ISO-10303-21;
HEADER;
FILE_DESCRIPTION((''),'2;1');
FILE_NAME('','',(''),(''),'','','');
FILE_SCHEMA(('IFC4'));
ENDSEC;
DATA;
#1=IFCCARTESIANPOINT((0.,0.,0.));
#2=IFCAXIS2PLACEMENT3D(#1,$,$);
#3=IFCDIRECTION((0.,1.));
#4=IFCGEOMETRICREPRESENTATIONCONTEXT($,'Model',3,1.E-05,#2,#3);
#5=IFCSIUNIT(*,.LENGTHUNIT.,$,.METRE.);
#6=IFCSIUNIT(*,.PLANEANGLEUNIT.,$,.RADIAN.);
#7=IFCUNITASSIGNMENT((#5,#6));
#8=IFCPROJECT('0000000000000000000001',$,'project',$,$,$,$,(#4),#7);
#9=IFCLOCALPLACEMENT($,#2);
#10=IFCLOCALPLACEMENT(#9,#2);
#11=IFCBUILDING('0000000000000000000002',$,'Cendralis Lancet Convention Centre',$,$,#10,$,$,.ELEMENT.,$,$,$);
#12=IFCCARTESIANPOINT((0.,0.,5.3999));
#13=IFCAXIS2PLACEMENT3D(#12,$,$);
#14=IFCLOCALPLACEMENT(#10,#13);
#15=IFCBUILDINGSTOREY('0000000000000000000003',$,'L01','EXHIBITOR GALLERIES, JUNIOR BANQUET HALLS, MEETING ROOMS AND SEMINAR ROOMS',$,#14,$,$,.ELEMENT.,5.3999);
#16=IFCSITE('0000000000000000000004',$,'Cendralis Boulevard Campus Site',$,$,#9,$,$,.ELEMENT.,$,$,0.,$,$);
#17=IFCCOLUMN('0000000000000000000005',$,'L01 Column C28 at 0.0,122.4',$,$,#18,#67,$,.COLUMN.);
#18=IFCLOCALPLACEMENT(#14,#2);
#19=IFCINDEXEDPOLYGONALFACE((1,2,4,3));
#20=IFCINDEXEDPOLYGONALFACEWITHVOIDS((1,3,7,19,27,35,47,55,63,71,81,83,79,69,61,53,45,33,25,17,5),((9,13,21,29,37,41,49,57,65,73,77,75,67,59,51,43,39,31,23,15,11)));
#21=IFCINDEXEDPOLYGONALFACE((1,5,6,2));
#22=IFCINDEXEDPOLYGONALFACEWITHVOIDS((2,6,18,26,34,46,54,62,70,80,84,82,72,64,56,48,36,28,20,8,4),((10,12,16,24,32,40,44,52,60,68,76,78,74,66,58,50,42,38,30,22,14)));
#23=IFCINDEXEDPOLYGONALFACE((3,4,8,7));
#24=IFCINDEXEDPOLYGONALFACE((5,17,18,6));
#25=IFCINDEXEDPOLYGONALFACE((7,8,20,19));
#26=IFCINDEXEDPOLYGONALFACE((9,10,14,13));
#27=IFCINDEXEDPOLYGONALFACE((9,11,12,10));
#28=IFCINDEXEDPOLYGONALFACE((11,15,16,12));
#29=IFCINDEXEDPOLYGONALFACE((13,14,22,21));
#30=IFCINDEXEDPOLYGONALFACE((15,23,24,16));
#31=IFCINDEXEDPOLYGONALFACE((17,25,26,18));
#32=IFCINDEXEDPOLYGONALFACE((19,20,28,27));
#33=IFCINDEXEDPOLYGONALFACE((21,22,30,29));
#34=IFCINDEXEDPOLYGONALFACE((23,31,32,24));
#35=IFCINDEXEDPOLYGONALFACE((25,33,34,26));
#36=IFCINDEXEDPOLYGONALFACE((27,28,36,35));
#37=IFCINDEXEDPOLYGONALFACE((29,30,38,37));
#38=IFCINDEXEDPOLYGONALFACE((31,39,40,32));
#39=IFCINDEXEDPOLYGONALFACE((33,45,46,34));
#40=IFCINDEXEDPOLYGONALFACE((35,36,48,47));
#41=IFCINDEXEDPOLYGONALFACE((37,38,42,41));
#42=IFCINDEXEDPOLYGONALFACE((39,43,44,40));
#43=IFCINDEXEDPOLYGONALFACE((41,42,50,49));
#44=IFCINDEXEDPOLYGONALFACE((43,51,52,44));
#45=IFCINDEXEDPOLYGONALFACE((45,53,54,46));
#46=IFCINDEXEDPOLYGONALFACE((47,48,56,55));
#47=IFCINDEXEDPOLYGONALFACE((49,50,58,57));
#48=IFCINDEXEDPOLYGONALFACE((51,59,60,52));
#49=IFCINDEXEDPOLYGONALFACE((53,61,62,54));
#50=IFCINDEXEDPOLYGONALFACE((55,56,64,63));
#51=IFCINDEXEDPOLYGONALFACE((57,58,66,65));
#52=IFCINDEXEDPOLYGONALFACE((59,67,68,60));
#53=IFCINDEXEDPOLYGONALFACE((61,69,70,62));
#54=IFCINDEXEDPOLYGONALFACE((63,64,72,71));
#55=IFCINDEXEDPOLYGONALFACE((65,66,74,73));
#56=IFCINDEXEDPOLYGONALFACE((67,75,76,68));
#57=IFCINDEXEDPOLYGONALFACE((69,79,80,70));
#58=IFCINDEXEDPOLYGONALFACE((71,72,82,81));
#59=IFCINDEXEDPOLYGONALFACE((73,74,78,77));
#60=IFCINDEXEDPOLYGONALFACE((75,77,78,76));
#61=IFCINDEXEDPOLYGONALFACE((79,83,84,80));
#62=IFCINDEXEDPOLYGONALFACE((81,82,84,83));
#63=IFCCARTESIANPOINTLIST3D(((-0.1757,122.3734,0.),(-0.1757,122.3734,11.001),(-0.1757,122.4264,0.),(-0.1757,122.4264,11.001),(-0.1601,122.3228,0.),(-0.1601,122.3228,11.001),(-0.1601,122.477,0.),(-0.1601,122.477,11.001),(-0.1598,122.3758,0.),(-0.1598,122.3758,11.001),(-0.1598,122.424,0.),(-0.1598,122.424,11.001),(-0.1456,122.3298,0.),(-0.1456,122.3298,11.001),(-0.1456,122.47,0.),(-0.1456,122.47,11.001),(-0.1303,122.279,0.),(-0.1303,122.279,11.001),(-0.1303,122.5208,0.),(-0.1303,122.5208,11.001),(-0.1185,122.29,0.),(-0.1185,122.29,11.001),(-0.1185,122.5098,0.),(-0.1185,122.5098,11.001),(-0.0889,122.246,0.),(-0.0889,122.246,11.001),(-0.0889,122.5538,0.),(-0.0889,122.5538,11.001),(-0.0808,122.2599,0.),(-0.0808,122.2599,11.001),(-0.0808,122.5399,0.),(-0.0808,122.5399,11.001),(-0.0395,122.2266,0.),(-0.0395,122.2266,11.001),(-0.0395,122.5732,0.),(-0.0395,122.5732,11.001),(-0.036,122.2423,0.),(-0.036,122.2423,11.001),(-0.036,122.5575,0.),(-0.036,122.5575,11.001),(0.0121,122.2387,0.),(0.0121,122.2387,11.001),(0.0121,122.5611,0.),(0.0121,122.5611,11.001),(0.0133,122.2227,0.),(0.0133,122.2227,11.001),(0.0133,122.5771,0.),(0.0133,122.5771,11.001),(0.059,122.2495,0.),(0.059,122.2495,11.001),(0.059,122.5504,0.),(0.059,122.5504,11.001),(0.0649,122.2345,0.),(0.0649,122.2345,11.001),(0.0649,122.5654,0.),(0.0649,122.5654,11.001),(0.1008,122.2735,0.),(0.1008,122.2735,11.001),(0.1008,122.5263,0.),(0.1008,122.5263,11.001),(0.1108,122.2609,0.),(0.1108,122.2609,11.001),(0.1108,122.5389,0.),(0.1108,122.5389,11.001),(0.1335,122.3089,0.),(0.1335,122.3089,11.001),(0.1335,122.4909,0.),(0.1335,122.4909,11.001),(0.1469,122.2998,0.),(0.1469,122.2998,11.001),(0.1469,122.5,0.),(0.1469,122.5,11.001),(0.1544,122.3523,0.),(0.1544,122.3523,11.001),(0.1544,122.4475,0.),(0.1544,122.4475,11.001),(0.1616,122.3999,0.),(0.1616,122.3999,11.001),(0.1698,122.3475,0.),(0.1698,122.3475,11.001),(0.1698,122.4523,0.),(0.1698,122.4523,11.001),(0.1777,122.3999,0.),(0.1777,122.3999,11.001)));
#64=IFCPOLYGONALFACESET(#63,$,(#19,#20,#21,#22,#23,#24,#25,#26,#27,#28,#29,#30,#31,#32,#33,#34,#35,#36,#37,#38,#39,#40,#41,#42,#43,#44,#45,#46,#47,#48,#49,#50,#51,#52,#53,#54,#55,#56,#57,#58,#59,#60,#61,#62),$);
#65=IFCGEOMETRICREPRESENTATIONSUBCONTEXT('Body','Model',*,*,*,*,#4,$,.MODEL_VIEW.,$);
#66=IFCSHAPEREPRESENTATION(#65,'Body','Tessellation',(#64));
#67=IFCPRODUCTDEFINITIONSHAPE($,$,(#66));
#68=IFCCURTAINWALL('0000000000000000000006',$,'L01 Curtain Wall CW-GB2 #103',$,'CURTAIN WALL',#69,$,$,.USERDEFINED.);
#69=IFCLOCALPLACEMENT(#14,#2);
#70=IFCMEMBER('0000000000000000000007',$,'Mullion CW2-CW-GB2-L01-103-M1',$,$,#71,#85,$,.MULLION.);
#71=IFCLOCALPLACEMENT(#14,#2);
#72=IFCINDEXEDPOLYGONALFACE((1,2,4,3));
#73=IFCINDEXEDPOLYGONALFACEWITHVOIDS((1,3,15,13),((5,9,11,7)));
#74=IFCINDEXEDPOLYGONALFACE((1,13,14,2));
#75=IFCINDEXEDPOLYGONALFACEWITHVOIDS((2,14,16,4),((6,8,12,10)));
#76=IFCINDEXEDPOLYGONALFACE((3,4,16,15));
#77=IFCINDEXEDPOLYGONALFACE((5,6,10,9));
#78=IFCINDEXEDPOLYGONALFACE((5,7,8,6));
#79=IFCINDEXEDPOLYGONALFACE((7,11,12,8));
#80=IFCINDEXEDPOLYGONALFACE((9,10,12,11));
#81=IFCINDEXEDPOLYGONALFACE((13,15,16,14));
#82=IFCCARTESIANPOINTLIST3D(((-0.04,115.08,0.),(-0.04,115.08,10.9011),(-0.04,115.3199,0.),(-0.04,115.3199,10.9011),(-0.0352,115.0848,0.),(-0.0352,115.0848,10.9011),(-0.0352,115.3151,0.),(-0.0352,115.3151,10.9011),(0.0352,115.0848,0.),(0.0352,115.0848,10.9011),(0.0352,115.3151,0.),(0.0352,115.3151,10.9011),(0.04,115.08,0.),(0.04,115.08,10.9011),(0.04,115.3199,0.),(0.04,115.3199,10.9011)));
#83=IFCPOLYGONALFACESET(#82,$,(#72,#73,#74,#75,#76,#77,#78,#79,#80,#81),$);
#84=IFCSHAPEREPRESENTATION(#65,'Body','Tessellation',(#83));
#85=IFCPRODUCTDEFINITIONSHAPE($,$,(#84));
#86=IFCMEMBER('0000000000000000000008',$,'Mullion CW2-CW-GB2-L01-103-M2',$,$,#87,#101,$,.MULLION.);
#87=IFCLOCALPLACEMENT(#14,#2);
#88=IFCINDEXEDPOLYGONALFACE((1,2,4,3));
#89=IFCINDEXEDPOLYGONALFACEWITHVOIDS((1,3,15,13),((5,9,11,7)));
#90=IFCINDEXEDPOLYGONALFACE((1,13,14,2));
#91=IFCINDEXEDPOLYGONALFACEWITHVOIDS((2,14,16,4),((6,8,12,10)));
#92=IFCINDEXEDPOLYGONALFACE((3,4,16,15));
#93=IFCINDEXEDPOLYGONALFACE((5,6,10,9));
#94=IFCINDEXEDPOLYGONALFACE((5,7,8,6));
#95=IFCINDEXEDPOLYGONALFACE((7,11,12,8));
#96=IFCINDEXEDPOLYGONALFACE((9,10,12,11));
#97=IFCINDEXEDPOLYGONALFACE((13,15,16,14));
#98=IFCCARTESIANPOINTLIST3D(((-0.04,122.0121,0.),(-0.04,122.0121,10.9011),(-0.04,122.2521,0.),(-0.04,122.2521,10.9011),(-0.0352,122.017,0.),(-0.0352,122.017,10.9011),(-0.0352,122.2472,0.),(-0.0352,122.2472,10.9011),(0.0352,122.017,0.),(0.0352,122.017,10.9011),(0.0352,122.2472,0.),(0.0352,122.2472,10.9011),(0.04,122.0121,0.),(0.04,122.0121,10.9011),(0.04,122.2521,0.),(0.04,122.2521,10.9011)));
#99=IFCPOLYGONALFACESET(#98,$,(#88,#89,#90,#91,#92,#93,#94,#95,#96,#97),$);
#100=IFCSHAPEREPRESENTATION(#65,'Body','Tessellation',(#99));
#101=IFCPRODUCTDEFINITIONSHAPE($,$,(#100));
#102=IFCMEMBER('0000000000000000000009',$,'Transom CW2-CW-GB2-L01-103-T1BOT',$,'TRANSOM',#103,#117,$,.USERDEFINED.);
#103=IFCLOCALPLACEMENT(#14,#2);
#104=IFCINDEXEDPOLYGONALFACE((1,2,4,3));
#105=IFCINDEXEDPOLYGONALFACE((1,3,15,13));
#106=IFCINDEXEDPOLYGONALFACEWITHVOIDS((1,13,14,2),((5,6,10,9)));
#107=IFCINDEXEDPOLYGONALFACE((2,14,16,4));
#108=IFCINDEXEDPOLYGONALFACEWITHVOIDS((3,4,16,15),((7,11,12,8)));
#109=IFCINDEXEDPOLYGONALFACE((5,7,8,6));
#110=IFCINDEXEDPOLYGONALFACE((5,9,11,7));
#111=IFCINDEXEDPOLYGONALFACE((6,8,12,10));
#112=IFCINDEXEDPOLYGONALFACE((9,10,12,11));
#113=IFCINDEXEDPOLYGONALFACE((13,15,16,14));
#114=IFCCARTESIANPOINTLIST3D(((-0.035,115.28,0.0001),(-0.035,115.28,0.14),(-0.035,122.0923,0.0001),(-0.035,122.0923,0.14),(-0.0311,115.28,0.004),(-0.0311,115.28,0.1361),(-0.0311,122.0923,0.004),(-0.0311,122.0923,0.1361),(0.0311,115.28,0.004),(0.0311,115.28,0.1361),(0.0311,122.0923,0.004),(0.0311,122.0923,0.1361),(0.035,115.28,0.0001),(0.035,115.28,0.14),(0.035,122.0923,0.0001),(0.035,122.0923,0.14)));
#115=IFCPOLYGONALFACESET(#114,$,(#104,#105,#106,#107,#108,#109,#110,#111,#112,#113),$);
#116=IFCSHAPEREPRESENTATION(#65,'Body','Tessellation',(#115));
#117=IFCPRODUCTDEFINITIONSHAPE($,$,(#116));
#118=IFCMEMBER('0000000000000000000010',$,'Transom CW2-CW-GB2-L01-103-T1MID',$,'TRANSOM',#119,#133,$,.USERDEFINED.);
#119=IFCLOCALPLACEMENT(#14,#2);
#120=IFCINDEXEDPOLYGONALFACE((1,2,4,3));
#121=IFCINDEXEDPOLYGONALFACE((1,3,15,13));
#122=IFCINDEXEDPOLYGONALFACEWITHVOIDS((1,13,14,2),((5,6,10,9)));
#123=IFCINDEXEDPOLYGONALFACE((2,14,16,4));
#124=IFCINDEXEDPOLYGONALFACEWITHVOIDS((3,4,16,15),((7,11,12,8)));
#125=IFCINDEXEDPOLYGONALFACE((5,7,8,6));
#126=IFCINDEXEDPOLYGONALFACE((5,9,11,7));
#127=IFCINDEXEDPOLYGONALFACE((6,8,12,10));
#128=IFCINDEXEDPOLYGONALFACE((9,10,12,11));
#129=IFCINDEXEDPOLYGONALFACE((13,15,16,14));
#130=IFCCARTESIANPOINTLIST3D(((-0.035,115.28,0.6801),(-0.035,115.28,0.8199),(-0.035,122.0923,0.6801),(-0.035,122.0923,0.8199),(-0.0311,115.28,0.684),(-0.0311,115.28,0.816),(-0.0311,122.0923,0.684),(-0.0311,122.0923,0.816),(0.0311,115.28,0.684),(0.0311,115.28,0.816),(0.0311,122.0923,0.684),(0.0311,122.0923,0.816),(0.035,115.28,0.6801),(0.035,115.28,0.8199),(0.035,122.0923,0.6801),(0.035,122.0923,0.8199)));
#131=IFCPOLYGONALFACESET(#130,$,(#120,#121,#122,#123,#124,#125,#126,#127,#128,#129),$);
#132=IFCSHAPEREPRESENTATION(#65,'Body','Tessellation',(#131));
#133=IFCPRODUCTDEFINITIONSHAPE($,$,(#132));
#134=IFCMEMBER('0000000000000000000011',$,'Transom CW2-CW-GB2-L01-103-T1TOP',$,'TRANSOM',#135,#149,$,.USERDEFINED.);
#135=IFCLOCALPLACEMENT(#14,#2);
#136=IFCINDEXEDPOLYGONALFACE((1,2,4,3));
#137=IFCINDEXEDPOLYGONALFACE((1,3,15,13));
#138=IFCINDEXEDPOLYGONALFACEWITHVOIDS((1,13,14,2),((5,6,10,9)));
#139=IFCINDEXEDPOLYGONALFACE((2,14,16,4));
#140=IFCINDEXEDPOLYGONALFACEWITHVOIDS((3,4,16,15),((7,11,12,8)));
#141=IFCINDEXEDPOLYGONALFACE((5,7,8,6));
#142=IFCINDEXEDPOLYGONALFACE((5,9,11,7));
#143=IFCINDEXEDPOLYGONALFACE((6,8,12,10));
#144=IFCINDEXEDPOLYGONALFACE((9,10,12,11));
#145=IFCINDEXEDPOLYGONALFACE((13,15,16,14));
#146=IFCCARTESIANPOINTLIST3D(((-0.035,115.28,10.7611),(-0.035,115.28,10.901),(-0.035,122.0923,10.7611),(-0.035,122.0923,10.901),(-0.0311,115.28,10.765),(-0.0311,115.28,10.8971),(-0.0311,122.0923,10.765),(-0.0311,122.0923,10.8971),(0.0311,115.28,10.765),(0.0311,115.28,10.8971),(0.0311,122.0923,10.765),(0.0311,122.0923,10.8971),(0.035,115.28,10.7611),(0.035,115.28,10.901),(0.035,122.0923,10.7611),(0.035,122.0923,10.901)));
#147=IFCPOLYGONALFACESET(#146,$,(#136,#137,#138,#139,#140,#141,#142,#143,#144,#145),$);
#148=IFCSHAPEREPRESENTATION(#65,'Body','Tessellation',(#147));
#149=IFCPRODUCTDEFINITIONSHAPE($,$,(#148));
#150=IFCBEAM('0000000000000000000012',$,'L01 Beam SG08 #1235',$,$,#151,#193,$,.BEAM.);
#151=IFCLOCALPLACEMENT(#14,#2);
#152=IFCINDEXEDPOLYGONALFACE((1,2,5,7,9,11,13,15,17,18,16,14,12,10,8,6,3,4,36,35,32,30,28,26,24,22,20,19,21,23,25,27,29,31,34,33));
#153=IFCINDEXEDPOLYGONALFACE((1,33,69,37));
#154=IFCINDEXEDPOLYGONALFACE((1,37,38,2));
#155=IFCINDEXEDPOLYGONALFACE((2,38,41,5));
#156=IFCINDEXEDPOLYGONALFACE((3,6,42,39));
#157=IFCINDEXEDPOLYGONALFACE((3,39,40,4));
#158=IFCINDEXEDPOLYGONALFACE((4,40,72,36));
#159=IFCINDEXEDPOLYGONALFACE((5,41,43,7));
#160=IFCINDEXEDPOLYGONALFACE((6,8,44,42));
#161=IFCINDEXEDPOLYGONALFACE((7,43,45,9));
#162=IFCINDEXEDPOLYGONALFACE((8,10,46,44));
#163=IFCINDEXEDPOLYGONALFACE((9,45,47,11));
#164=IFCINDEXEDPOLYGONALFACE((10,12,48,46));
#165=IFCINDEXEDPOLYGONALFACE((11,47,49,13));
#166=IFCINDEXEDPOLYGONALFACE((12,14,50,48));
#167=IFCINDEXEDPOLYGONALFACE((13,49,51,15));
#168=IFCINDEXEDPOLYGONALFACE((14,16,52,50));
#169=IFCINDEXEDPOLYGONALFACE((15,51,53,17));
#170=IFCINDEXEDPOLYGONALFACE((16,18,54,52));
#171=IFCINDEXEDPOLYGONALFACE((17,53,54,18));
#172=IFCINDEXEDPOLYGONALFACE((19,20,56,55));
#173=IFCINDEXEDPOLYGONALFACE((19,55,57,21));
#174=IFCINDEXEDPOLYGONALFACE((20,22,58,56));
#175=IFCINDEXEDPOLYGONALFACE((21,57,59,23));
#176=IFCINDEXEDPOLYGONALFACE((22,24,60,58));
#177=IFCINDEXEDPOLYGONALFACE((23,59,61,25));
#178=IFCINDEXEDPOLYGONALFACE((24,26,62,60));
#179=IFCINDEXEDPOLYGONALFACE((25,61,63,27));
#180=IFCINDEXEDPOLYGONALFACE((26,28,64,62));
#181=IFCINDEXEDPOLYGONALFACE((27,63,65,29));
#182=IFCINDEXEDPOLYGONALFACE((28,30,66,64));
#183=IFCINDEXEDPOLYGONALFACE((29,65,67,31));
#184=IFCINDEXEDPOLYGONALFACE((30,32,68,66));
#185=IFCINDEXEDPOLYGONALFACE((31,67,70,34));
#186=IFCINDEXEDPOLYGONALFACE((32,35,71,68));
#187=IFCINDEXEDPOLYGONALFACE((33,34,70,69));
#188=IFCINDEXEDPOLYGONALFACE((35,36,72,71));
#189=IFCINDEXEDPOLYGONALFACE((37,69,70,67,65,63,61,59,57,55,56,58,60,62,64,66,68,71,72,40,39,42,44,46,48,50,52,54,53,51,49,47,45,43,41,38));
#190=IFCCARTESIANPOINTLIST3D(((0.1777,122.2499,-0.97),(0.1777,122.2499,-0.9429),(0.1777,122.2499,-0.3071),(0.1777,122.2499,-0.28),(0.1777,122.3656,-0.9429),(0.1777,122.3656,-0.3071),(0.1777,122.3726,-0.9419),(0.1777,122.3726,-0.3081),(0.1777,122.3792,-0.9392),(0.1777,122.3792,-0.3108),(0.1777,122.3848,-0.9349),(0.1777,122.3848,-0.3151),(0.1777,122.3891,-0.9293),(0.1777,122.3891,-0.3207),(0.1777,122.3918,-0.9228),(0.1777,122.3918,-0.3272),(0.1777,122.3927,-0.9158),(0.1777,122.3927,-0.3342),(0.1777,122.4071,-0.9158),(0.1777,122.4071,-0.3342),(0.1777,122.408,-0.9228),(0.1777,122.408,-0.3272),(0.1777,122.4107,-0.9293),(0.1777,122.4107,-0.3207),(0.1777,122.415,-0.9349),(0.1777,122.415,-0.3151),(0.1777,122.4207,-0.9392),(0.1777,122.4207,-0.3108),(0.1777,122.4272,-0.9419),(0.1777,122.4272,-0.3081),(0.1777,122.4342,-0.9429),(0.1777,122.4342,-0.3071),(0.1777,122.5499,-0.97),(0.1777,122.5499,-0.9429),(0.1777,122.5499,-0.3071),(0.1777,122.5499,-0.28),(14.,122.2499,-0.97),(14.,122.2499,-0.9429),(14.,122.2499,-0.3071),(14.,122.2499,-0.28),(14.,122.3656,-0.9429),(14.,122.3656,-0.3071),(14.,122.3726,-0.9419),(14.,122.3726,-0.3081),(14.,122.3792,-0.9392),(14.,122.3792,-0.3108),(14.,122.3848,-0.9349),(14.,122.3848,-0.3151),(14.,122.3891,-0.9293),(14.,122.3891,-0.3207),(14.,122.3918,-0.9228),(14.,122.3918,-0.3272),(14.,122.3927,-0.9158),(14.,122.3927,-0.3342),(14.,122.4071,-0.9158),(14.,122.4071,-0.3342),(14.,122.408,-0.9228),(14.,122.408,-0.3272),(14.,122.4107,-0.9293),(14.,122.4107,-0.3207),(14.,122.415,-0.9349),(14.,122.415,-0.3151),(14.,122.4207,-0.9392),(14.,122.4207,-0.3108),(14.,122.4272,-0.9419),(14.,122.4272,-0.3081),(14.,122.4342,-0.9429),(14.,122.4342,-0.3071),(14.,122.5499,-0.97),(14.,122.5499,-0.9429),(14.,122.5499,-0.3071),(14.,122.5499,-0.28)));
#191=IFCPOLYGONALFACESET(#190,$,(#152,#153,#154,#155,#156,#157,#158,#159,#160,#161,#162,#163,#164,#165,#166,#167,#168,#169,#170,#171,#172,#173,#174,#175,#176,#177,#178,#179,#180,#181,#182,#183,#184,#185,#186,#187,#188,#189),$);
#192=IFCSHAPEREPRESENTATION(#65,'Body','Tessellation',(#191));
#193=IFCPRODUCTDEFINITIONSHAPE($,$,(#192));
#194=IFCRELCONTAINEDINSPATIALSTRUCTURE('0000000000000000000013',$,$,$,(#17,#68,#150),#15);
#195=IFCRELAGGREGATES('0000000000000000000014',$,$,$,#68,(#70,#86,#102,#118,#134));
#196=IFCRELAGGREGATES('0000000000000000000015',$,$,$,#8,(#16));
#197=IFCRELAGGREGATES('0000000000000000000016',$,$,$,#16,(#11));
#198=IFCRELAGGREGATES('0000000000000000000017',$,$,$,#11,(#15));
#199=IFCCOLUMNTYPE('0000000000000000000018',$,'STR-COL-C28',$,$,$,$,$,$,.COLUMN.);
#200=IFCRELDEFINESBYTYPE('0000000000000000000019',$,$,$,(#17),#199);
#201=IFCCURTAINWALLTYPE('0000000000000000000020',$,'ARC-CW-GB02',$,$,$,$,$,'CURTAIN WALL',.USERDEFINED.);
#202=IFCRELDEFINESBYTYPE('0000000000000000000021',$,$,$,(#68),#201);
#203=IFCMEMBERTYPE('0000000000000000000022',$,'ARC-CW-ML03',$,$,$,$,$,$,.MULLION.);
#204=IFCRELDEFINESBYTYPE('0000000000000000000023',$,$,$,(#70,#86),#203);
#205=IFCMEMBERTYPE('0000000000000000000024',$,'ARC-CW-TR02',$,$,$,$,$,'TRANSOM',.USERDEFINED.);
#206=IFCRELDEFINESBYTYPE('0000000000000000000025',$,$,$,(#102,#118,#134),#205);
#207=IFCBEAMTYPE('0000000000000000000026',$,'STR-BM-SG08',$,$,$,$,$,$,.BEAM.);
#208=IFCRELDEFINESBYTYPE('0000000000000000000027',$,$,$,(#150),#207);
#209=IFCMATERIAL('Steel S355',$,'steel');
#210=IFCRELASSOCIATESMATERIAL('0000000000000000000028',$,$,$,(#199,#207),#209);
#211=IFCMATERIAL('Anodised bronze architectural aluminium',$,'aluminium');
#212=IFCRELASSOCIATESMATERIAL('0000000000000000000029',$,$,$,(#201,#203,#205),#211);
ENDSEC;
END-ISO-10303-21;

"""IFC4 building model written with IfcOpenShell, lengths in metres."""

from ifc_helpers import new_model, si_unit, direction, frame, origin, origin_2d, place, context, subcontext, project, spatial, hollow_rectangle, hollow_circle, i_section, extrude, material, material_profile, profile_set, type_object, element, aggregate, save


model = new_model("IFC4")

# Units and contexts
model_context = context("Model", 3, precision=1e-05, world=origin(), true_north=direction((0.0, 1.0)))
body_context = subcontext(model_context, "Body", "Model", "MODEL_VIEW")
ifc_project = project(units=[si_unit("LENGTHUNIT", "METRE"), si_unit("PLANEANGLEUNIT", "RADIAN")], contexts=[model_context])

# Site, building, storey
site_placement = place(None, origin())
site = spatial("IfcSite", under=ifc_project, at=site_placement, Name="Cendralis Boulevard Campus Site", CompositionType="ELEMENT", RefElevation=0.0)
building_placement = place(site_placement, origin())
building = spatial("IfcBuilding", under=site, at=building_placement, Name="Cendralis Lancet Convention Centre", CompositionType="ELEMENT")
storey_placement = place(building_placement, frame((0.0, 0.0, 5.3999)))
storey = spatial("IfcBuildingStorey", under=building, at=storey_placement, Name="L01", Description="EXHIBITOR GALLERIES, JUNIOR BANQUET HALLS, MEETING ROOMS AND SEMINAR ROOMS", CompositionType="ELEMENT", Elevation=5.3999)

# Column
ifc_material_1 = material(Name="Steel S355", Category="steel")
ifc_material_profile_1 = material_profile(ifc_material_1, hollow_circle(Radius=0.1777, WallThickness=0.0161, at=origin_2d()), Name="CHS 355.6x16.0")
ifc_profile_set_1 = profile_set([ifc_material_profile_1], Name="Steel S355")
column_type = type_object("IfcColumnType", Name="STR-COL-C28", PredefinedType="COLUMN", material=ifc_profile_set_1)
column_placement = place(storey_placement, frame((0.0, 122.3999, 0.0), z_axis=(0.0, 0.0, 1.0), x_axis=(1.0, 0.0, 0.0)))
element("IfcColumn", 1, at=column_placement, inside=storey, type_object=column_type, Name="L01 Column C28 at 0.0,122.4", PredefinedType="COLUMN", context=body_context, shape_type="SweptSolid", body=[
    extrude(hollow_circle(Radius=0.1777, WallThickness=0.0161, at=origin_2d()), origin(), (0.0, 0.0, 1.0), 11.001),
])

# Curtain wall, members
ifc_material_2 = material(Name="Anodised bronze architectural aluminium", Category="aluminium")
curtain_wall_type = type_object("IfcCurtainWallType", Name="ARC-CW-GB02", ElementType="CURTAIN WALL", PredefinedType="USERDEFINED", material=ifc_material_2)
curtain_wall_placement = place(storey_placement, origin())
curtain_wall = element("IfcCurtainWall", 2, at=curtain_wall_placement, inside=storey, type_object=curtain_wall_type, Name="L01 Curtain Wall CW-GB2 #103", ObjectType="CURTAIN WALL", PredefinedType="USERDEFINED")
ifc_material_profile_2 = material_profile(ifc_material_2, hollow_rectangle(XDim=0.0801, YDim=0.24, WallThickness=0.0049, at=origin_2d()), Name="AL-MULL 80x240x5.0")
ifc_profile_set_2 = profile_set([ifc_material_profile_2], Name="Anodised bronze architectural aluminium")
member_type_1 = type_object("IfcMemberType", Name="ARC-CW-ML03", PredefinedType="MULLION", material=ifc_profile_set_2)
member_1_placement = place(storey_placement, frame((0.0, 115.2, 0.0), z_axis=(0.0, 0.0, 1.0), x_axis=(1.0, 0.0, 0.0)))
member_1 = element("IfcMember", 3, at=member_1_placement, type_object=member_type_1, Name="Mullion CW2-CW-GB2-L01-103-M1", PredefinedType="MULLION", context=body_context, shape_type="SweptSolid", body=[
    extrude(hollow_rectangle(XDim=0.0801, YDim=0.24, WallThickness=0.0049, at=origin_2d()), origin(), (0.0, 0.0, 1.0), 10.9011),
])
member_2_placement = place(storey_placement, frame((0.0, 122.1321, 0.0), z_axis=(0.0, 0.0, 1.0), x_axis=(1.0, 0.0, 0.0)))
member_2 = element("IfcMember", 4, at=member_2_placement, type_object=member_type_1, Name="Mullion CW2-CW-GB2-L01-103-M2", PredefinedType="MULLION", context=body_context, shape_type="SweptSolid", body=[
    extrude(hollow_rectangle(XDim=0.0801, YDim=0.24, WallThickness=0.0049, at=origin_2d()), origin(), (0.0, 0.0, 1.0), 10.9011),
])
ifc_material_profile_3 = material_profile(ifc_material_2, hollow_rectangle(XDim=0.0701, YDim=0.1399, WallThickness=0.0039, at=origin_2d()), Name="AL-TRAN 70x140x4.0")
ifc_profile_set_3 = profile_set([ifc_material_profile_3], Name="Anodised bronze architectural aluminium")
member_type_2 = type_object("IfcMemberType", Name="ARC-CW-TR02", ElementType="TRANSOM", PredefinedType="USERDEFINED", material=ifc_profile_set_3)
member_3_placement = place(storey_placement, frame((0.0, 115.28, 0.0701), z_axis=(0.0, 1.0, 0.0), x_axis=(-1.0, 0.0, 0.0)))
member_3 = element("IfcMember", 5, at=member_3_placement, type_object=member_type_2, Name="Transom CW2-CW-GB2-L01-103-T1BOT", ObjectType="TRANSOM", PredefinedType="USERDEFINED", context=body_context, shape_type="SweptSolid", body=[
    extrude(hollow_rectangle(XDim=0.0701, YDim=0.1399, WallThickness=0.0039, at=origin_2d()), origin(), (0.0, 0.0, 1.0), 6.8123),
])
member_4_placement = place(storey_placement, frame((0.0, 115.28, 0.75), z_axis=(0.0, 1.0, 0.0), x_axis=(-1.0, 0.0, 0.0)))
member_4 = element("IfcMember", 6, at=member_4_placement, type_object=member_type_2, Name="Transom CW2-CW-GB2-L01-103-T1MID", ObjectType="TRANSOM", PredefinedType="USERDEFINED", context=body_context, shape_type="SweptSolid", body=[
    extrude(hollow_rectangle(XDim=0.0701, YDim=0.1399, WallThickness=0.0039, at=origin_2d()), origin(), (0.0, 0.0, 1.0), 6.8123),
])
member_5_placement = place(storey_placement, frame((0.0, 115.28, 10.8311), z_axis=(0.0, 1.0, 0.0), x_axis=(-1.0, 0.0, 0.0)))
member_5 = element("IfcMember", 7, at=member_5_placement, type_object=member_type_2, Name="Transom CW2-CW-GB2-L01-103-T1TOP", ObjectType="TRANSOM", PredefinedType="USERDEFINED", context=body_context, shape_type="SweptSolid", body=[
    extrude(hollow_rectangle(XDim=0.0701, YDim=0.1399, WallThickness=0.0039, at=origin_2d()), origin(), (0.0, 0.0, 1.0), 6.8123),
])

# Beam
ifc_material_profile_4 = material_profile(ifc_material_1, i_section(OverallWidth=0.3, OverallDepth=0.6899, WebThickness=0.0144, FlangeThickness=0.0271, FilletRadius=0.0271, at=origin_2d()), Name="HEA 700")
ifc_profile_set_4 = profile_set([ifc_material_profile_4], Name="Steel S355")
beam_type_1 = type_object("IfcBeamType", Name="STR-BM-SG08", PredefinedType="BEAM", material=ifc_profile_set_4)
beam_1_placement = place(storey_placement, frame((0.1777, 122.3999, -0.625), z_axis=(1.0, 0.0, 0.0), x_axis=(0.0, 1.0, 0.0)))
element("IfcBeam", 8, at=beam_1_placement, inside=storey, type_object=beam_type_1, Name="L01 Beam SG08 #1235", PredefinedType="BEAM", context=body_context, shape_type="SweptSolid", body=[
    extrude(i_section(OverallWidth=0.3, OverallDepth=0.6899, WebThickness=0.0144, FlangeThickness=0.0271, FilletRadius=0.0271, at=origin_2d()), origin(), (0.0, 0.0, 1.0), 13.8223),
])

aggregate(curtain_wall, [member_1, member_2, member_3, member_4, member_5])

save(model, "model.ifc")
